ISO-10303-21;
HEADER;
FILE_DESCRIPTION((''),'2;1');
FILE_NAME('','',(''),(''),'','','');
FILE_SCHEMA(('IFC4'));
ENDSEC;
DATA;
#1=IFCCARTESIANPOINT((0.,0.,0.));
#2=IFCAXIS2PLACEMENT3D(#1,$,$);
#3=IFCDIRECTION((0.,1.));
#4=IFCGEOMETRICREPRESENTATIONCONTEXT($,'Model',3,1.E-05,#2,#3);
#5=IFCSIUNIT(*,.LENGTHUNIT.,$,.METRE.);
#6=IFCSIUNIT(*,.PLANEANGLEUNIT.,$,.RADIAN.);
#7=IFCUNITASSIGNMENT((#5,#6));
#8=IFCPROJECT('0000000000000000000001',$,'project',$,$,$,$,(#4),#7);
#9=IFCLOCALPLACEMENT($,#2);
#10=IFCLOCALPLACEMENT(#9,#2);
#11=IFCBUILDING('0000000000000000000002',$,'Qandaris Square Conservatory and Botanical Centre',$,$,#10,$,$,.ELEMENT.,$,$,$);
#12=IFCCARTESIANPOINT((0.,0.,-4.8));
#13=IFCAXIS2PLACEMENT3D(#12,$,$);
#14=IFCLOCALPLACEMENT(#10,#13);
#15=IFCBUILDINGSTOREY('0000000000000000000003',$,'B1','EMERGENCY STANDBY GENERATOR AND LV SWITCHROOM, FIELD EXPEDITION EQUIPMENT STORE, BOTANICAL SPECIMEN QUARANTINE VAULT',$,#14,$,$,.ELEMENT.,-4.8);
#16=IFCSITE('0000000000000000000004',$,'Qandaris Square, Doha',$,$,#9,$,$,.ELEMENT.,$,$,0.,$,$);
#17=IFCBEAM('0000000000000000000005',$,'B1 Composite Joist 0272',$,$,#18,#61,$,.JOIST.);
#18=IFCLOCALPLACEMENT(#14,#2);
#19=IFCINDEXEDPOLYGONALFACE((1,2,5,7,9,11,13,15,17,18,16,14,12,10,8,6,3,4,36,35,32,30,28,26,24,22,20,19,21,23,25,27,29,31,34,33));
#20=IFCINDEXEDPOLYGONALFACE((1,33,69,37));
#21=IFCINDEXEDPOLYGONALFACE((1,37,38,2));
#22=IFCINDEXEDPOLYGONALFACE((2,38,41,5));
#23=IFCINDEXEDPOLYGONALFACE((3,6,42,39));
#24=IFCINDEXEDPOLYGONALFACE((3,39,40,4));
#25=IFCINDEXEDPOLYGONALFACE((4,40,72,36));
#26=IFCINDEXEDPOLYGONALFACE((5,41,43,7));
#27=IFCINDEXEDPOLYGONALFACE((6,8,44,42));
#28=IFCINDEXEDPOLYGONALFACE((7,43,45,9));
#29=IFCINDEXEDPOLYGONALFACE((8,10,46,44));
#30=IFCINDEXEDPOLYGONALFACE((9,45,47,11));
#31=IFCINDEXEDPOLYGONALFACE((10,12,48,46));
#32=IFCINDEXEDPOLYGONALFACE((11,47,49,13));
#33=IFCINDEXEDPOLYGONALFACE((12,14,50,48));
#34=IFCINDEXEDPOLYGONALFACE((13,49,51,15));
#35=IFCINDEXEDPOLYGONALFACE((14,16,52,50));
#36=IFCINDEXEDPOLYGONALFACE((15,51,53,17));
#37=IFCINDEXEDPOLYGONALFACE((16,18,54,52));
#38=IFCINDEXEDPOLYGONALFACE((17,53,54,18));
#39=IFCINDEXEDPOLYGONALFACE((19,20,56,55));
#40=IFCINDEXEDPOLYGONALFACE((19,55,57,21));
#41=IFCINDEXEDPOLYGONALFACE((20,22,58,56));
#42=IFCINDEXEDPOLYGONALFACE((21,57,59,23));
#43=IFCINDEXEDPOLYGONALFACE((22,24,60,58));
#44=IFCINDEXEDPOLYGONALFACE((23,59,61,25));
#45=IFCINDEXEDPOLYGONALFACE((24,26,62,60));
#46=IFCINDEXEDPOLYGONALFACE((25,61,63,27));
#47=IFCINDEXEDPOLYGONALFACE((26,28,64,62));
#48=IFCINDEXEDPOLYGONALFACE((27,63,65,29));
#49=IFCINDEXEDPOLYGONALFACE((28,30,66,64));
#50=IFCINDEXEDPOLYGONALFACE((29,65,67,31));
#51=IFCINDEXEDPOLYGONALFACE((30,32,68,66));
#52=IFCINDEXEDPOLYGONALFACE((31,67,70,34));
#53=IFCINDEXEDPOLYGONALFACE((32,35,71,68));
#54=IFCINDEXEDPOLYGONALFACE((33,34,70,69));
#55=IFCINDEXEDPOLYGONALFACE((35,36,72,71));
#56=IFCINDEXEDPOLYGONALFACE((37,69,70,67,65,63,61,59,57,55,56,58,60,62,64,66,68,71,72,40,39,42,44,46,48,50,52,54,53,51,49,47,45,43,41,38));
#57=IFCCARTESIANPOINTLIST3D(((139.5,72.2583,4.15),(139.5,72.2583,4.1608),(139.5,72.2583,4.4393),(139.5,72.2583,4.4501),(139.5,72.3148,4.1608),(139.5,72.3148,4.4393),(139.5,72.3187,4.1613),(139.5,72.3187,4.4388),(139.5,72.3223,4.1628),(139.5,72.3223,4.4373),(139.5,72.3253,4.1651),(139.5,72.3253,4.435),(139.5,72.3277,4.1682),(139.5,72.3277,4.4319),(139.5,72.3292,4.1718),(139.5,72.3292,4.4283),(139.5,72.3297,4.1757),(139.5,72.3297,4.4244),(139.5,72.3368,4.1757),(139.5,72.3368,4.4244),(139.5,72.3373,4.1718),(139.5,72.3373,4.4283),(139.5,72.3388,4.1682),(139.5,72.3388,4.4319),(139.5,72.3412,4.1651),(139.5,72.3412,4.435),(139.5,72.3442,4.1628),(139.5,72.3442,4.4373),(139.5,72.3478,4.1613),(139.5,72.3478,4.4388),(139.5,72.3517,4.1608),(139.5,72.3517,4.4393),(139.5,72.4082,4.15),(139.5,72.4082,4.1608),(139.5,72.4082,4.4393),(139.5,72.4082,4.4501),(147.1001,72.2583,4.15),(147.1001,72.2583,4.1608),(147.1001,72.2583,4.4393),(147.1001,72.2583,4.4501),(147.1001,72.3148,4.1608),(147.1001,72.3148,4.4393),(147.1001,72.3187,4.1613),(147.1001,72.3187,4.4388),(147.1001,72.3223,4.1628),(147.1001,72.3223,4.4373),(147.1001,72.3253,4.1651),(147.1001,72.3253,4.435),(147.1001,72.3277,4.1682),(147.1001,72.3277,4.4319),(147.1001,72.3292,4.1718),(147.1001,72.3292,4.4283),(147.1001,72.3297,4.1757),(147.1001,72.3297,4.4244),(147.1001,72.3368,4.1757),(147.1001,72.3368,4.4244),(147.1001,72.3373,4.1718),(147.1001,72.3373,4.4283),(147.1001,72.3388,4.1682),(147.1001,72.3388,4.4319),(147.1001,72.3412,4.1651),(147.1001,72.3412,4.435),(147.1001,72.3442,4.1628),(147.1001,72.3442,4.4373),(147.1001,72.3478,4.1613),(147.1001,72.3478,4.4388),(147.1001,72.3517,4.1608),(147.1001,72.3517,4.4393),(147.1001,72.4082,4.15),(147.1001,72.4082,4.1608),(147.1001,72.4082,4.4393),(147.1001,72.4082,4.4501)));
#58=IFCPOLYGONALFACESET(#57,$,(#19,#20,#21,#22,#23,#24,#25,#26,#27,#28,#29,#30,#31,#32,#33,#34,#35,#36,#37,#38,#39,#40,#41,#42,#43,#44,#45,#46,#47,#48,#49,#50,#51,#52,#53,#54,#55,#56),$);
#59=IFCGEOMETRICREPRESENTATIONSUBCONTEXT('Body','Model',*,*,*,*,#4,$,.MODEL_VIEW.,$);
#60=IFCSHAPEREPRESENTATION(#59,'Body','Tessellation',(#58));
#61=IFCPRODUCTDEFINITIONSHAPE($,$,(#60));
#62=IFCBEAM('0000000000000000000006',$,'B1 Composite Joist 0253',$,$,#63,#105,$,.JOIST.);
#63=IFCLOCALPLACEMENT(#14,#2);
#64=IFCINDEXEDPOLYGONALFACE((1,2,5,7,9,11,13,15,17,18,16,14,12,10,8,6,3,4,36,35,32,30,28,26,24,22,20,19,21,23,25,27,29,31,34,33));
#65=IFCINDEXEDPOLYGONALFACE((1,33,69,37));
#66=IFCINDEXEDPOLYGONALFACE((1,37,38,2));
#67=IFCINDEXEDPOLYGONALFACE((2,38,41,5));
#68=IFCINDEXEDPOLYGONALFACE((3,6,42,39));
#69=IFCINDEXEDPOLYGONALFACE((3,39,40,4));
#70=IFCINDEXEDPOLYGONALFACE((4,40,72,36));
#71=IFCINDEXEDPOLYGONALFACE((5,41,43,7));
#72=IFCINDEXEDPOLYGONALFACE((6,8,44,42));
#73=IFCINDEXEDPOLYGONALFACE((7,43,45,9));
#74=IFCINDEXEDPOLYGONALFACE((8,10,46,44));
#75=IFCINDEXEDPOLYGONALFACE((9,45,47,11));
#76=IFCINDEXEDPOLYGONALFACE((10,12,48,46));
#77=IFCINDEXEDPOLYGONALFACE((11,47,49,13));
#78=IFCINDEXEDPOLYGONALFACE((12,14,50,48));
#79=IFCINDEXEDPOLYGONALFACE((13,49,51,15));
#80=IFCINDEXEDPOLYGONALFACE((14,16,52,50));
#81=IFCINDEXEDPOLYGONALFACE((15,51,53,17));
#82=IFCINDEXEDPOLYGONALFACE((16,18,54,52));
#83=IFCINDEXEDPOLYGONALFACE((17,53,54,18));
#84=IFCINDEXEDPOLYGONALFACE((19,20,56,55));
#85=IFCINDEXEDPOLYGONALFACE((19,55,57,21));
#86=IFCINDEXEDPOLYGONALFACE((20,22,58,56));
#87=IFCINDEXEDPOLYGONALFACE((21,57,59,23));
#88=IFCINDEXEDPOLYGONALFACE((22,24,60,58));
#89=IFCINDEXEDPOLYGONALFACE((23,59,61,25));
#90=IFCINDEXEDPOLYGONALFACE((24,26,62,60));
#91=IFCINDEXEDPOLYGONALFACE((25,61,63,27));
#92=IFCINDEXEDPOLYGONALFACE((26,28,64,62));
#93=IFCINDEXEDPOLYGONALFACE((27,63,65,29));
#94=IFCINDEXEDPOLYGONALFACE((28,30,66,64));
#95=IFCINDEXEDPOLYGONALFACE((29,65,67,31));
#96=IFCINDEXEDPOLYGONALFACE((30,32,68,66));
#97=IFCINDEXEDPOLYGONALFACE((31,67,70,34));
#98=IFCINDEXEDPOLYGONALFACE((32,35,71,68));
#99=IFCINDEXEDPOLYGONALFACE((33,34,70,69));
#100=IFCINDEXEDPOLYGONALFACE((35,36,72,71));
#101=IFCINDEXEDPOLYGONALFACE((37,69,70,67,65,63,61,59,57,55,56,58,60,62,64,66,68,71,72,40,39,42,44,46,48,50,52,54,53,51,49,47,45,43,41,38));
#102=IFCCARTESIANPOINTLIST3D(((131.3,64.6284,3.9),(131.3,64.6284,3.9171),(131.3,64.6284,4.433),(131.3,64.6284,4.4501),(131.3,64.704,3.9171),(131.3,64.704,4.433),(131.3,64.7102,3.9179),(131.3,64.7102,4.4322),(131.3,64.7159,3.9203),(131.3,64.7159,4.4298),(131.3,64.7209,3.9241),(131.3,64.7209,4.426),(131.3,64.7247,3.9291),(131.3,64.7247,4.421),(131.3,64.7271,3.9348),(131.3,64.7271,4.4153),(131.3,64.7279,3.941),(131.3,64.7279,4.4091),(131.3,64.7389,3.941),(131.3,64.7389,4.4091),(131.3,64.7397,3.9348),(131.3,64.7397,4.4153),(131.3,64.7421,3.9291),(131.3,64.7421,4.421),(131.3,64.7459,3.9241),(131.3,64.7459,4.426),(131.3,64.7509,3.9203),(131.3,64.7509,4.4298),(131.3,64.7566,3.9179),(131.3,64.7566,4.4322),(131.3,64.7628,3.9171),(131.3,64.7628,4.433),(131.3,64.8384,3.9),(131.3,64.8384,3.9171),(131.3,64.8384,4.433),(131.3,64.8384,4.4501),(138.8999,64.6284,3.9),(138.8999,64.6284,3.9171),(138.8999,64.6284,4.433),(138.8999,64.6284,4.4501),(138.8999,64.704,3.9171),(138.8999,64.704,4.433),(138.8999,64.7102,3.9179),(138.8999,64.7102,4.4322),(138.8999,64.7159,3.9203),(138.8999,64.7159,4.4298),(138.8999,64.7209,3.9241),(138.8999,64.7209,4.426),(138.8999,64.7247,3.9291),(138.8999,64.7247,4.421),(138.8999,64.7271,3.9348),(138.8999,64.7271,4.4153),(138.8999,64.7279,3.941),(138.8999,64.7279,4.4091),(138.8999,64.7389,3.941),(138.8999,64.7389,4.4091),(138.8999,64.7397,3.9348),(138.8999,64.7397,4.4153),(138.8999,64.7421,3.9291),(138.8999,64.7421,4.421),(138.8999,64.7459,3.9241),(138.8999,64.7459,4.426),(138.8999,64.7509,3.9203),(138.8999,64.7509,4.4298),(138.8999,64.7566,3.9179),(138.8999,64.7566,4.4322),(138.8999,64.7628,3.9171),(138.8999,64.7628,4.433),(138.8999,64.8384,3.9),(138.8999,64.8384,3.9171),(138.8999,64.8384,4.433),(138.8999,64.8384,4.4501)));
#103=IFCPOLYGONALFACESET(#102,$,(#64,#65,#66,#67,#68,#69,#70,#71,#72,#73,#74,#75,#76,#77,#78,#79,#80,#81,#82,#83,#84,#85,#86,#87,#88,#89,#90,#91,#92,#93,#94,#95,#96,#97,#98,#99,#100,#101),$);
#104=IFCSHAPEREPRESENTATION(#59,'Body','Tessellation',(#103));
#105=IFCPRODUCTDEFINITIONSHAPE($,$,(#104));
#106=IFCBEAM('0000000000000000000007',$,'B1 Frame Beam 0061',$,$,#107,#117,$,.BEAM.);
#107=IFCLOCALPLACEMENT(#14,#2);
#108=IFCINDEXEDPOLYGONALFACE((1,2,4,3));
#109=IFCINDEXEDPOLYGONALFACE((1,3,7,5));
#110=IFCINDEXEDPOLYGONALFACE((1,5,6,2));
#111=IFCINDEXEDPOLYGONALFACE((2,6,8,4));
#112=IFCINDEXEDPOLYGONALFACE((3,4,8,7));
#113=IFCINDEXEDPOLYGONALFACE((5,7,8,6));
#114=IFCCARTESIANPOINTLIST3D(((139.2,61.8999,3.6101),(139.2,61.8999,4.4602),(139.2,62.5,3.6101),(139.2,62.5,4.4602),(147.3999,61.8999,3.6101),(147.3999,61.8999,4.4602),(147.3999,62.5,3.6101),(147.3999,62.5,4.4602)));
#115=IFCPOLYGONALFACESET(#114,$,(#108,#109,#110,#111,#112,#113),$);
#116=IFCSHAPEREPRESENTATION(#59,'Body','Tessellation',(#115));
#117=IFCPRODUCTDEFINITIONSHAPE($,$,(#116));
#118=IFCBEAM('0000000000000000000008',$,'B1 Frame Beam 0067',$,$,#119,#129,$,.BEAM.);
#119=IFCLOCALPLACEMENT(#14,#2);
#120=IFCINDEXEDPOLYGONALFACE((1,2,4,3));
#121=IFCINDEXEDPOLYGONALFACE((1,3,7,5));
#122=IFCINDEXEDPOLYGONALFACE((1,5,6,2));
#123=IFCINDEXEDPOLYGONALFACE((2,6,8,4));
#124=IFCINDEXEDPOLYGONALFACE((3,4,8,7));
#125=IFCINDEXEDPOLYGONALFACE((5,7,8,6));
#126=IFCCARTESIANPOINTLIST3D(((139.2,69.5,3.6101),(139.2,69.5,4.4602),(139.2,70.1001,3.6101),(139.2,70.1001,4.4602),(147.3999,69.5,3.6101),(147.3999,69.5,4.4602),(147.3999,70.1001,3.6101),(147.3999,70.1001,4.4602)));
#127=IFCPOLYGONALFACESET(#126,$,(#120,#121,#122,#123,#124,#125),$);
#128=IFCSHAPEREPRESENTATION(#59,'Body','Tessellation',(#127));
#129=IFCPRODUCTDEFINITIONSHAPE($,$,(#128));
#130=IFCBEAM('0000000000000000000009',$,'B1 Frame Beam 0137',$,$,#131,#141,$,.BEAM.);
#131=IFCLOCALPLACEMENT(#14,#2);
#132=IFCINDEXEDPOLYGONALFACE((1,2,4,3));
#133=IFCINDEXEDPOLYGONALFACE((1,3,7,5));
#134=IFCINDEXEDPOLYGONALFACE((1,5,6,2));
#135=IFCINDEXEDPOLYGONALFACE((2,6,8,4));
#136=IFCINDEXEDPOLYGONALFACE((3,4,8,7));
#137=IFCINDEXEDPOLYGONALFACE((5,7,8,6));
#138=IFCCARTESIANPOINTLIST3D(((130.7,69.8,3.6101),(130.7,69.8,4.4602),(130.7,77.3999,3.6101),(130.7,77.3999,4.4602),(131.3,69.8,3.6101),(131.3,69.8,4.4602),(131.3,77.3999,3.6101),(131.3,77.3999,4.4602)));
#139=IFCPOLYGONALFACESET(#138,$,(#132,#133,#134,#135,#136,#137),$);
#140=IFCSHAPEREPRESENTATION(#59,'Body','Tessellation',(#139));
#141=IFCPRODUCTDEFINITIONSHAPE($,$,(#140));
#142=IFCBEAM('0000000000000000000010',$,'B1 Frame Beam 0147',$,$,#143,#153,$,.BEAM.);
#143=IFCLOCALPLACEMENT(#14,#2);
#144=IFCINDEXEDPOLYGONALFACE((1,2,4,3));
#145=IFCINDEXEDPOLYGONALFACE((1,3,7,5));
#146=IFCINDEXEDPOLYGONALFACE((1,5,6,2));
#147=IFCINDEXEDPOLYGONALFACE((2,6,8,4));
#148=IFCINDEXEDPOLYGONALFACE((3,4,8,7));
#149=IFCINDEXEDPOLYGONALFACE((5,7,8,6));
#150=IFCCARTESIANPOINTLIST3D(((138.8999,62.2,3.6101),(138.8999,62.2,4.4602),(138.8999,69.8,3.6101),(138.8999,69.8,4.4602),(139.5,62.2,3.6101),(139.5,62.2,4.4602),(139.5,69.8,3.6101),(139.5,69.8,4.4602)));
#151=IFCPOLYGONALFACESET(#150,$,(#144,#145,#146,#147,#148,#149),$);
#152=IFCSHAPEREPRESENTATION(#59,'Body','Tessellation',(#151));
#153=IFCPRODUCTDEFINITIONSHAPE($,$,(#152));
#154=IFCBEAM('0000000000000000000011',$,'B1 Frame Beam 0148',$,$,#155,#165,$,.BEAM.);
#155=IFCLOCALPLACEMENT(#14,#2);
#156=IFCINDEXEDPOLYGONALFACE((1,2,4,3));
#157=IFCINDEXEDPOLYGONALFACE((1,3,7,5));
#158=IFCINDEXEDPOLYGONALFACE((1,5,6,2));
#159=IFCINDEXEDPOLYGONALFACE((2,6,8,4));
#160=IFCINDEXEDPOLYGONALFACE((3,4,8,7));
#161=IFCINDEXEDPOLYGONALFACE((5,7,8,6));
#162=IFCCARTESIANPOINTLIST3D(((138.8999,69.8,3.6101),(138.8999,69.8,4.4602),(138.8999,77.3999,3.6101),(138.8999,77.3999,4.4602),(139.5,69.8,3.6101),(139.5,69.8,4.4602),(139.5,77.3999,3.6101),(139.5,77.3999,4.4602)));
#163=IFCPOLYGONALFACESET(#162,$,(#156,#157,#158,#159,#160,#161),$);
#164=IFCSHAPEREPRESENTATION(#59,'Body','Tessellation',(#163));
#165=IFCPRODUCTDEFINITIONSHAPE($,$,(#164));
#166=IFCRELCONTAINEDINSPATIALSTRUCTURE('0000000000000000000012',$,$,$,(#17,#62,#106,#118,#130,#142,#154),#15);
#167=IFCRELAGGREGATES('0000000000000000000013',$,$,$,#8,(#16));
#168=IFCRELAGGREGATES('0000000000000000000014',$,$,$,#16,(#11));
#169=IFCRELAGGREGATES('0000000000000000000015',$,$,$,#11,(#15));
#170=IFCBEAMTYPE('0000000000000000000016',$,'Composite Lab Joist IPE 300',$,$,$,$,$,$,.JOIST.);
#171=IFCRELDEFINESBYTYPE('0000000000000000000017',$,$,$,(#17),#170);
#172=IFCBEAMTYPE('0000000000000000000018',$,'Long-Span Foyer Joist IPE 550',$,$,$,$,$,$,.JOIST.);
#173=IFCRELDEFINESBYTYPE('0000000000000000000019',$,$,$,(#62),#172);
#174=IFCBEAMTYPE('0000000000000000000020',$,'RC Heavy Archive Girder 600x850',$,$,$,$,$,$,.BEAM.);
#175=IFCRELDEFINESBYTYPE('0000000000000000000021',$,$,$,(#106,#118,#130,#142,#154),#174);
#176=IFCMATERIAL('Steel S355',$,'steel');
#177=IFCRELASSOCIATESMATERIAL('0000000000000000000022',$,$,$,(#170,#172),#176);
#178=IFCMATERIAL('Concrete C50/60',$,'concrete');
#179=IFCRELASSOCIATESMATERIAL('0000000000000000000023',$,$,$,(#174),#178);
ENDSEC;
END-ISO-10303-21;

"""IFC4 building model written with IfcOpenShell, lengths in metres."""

from ifc_helpers import new_model, si_unit, direction, frame, origin, origin_2d, place, context, subcontext, project, spatial, rectangle, i_section, extrude, material, material_profile, profile_set, type_object, element, save


model = new_model("IFC4")

# Units and contexts
model_context = context("Model", 3, precision=1e-05, world=origin(), true_north=direction((0.0, 1.0)))
body_context = subcontext(model_context, "Body", "Model", "MODEL_VIEW")
ifc_project = project(units=[si_unit("LENGTHUNIT", "METRE"), si_unit("PLANEANGLEUNIT", "RADIAN")], contexts=[model_context])

# Site, building, storey
site_placement = place(None, origin())
site = spatial("IfcSite", under=ifc_project, at=site_placement, Name="Qandaris Square, Doha", CompositionType="ELEMENT", RefElevation=0.0)
building_placement = place(site_placement, origin())
building = spatial("IfcBuilding", under=site, at=building_placement, Name="Qandaris Square Conservatory and Botanical Centre", CompositionType="ELEMENT")
storey_placement = place(building_placement, frame((0.0, 0.0, -4.8)))
storey = spatial("IfcBuildingStorey", under=building, at=storey_placement, Name="B1", Description="EMERGENCY STANDBY GENERATOR AND LV SWITCHROOM, FIELD EXPEDITION EQUIPMENT STORE, BOTANICAL SPECIMEN QUARANTINE VAULT", CompositionType="ELEMENT", Elevation=-4.8)

# Shared definitions
ifc_material_1 = material(Name="Concrete C50/60", Category="concrete")

# Beams
ifc_material_2 = material(Name="Steel S355", Category="steel")
ifc_material_profile_1 = material_profile(ifc_material_2, i_section(OverallWidth=0.1499, OverallDepth=0.3, WebThickness=0.0071, FlangeThickness=0.0107, FilletRadius=0.0149, at=origin_2d()), Name="IPE 300")
ifc_profile_set_1 = profile_set([ifc_material_profile_1], Name="Steel S355")
beam_type_1 = type_object("IfcBeamType", Name="Composite Lab Joist IPE 300", PredefinedType="JOIST", material=ifc_profile_set_1)
for number, where, z_axis, x_axis, name in (
    (1, (139.5, 72.3333, 4.3), (1.0, 0.0, 0.0), (0.0, 1.0, 0.0), "B1 Composite Joist 0272"),
):
    element("IfcBeam", number, at=place(storey_placement, frame(where, z_axis=z_axis, x_axis=x_axis)), inside=storey, type_object=beam_type_1, Name=name, PredefinedType="JOIST", context=body_context, shape_type="SweptSolid", body=[
        extrude(i_section(OverallWidth=0.1499, OverallDepth=0.3, WebThickness=0.0071, FlangeThickness=0.0107, FilletRadius=0.0149, at=origin_2d()), origin(), (0.0, 0.0, 1.0), 7.6001),
    ])
ifc_material_profile_2 = material_profile(ifc_material_2, i_section(OverallWidth=0.21, OverallDepth=0.55, WebThickness=0.011, FlangeThickness=0.0171, FilletRadius=0.0239, at=origin_2d()), Name="IPE 550")
ifc_profile_set_2 = profile_set([ifc_material_profile_2], Name="Steel S355")
beam_type_2 = type_object("IfcBeamType", Name="Long-Span Foyer Joist IPE 550", PredefinedType="JOIST", material=ifc_profile_set_2)
beam_1_placement = place(storey_placement, frame((131.3, 64.7334, 4.175), z_axis=(1.0, 0.0, 0.0), x_axis=(0.0, 1.0, 0.0)))
element("IfcBeam", 2, at=beam_1_placement, inside=storey, type_object=beam_type_2, Name="B1 Composite Joist 0253", PredefinedType="JOIST", context=body_context, shape_type="SweptSolid", body=[
    extrude(i_section(OverallWidth=0.21, OverallDepth=0.55, WebThickness=0.011, FlangeThickness=0.0171, FilletRadius=0.0239, at=origin_2d()), origin(), (0.0, 0.0, 1.0), 7.5999),
])
ifc_material_profile_3 = material_profile(ifc_material_1, rectangle(XDim=0.6001, YDim=0.8501, at=origin_2d()), Name="RC-BM 600x850")
ifc_profile_set_3 = profile_set([ifc_material_profile_3], Name="Concrete C50/60")
beam_type_3 = type_object("IfcBeamType", Name="RC Heavy Archive Girder 600x850", PredefinedType="BEAM", material=ifc_profile_set_3)
for number, where, z_axis, x_axis, name in (
    (3, (139.2, 62.2, 4.0352), (1.0, 0.0, 0.0), (0.0, 1.0, 0.0), "B1 Frame Beam 0061"),
    (4, (139.2, 69.8, 4.0352), (1.0, 0.0, 0.0), (0.0, 1.0, 0.0), "B1 Frame Beam 0067"),
):
    element("IfcBeam", number, at=place(storey_placement, frame(where, z_axis=z_axis, x_axis=x_axis)), inside=storey, type_object=beam_type_3, Name=name, PredefinedType="BEAM", context=body_context, shape_type="SweptSolid", body=[
        extrude(rectangle(XDim=0.6001, YDim=0.8501, at=origin_2d()), origin(), (0.0, 0.0, 1.0), 8.2),
    ])
beam_2_placement = place(storey_placement, frame((131.0, 69.8, 4.0352), z_axis=(0.0, 1.0, 0.0), x_axis=(-1.0, 0.0, 0.0)))
element("IfcBeam", 5, at=beam_2_placement, inside=storey, type_object=beam_type_3, Name="B1 Frame Beam 0137", PredefinedType="BEAM", context=body_context, shape_type="SweptSolid", body=[
    extrude(rectangle(XDim=0.6001, YDim=0.8501, at=origin_2d()), origin(), (0.0, 0.0, 1.0), 7.5999),
])
beam_3_placement = place(storey_placement, frame((139.2, 62.2, 4.0352), z_axis=(0.0, 1.0, 0.0), x_axis=(-1.0, 0.0, 0.0)))
element("IfcBeam", 6, at=beam_3_placement, inside=storey, type_object=beam_type_3, Name="B1 Frame Beam 0147", PredefinedType="BEAM", context=body_context, shape_type="SweptSolid", body=[
    extrude(rectangle(XDim=0.6001, YDim=0.8501, at=origin_2d()), origin(), (0.0, 0.0, 1.0), 7.6001),
])
beam_4_placement = place(storey_placement, frame((139.2, 69.8, 4.0352), z_axis=(0.0, 1.0, 0.0), x_axis=(-1.0, 0.0, 0.0)))
element("IfcBeam", 7, at=beam_4_placement, inside=storey, type_object=beam_type_3, Name="B1 Frame Beam 0148", PredefinedType="BEAM", context=body_context, shape_type="SweptSolid", body=[
    extrude(rectangle(XDim=0.6001, YDim=0.8501, at=origin_2d()), origin(), (0.0, 0.0, 1.0), 7.5999),
])

save(model, "model.ifc")
